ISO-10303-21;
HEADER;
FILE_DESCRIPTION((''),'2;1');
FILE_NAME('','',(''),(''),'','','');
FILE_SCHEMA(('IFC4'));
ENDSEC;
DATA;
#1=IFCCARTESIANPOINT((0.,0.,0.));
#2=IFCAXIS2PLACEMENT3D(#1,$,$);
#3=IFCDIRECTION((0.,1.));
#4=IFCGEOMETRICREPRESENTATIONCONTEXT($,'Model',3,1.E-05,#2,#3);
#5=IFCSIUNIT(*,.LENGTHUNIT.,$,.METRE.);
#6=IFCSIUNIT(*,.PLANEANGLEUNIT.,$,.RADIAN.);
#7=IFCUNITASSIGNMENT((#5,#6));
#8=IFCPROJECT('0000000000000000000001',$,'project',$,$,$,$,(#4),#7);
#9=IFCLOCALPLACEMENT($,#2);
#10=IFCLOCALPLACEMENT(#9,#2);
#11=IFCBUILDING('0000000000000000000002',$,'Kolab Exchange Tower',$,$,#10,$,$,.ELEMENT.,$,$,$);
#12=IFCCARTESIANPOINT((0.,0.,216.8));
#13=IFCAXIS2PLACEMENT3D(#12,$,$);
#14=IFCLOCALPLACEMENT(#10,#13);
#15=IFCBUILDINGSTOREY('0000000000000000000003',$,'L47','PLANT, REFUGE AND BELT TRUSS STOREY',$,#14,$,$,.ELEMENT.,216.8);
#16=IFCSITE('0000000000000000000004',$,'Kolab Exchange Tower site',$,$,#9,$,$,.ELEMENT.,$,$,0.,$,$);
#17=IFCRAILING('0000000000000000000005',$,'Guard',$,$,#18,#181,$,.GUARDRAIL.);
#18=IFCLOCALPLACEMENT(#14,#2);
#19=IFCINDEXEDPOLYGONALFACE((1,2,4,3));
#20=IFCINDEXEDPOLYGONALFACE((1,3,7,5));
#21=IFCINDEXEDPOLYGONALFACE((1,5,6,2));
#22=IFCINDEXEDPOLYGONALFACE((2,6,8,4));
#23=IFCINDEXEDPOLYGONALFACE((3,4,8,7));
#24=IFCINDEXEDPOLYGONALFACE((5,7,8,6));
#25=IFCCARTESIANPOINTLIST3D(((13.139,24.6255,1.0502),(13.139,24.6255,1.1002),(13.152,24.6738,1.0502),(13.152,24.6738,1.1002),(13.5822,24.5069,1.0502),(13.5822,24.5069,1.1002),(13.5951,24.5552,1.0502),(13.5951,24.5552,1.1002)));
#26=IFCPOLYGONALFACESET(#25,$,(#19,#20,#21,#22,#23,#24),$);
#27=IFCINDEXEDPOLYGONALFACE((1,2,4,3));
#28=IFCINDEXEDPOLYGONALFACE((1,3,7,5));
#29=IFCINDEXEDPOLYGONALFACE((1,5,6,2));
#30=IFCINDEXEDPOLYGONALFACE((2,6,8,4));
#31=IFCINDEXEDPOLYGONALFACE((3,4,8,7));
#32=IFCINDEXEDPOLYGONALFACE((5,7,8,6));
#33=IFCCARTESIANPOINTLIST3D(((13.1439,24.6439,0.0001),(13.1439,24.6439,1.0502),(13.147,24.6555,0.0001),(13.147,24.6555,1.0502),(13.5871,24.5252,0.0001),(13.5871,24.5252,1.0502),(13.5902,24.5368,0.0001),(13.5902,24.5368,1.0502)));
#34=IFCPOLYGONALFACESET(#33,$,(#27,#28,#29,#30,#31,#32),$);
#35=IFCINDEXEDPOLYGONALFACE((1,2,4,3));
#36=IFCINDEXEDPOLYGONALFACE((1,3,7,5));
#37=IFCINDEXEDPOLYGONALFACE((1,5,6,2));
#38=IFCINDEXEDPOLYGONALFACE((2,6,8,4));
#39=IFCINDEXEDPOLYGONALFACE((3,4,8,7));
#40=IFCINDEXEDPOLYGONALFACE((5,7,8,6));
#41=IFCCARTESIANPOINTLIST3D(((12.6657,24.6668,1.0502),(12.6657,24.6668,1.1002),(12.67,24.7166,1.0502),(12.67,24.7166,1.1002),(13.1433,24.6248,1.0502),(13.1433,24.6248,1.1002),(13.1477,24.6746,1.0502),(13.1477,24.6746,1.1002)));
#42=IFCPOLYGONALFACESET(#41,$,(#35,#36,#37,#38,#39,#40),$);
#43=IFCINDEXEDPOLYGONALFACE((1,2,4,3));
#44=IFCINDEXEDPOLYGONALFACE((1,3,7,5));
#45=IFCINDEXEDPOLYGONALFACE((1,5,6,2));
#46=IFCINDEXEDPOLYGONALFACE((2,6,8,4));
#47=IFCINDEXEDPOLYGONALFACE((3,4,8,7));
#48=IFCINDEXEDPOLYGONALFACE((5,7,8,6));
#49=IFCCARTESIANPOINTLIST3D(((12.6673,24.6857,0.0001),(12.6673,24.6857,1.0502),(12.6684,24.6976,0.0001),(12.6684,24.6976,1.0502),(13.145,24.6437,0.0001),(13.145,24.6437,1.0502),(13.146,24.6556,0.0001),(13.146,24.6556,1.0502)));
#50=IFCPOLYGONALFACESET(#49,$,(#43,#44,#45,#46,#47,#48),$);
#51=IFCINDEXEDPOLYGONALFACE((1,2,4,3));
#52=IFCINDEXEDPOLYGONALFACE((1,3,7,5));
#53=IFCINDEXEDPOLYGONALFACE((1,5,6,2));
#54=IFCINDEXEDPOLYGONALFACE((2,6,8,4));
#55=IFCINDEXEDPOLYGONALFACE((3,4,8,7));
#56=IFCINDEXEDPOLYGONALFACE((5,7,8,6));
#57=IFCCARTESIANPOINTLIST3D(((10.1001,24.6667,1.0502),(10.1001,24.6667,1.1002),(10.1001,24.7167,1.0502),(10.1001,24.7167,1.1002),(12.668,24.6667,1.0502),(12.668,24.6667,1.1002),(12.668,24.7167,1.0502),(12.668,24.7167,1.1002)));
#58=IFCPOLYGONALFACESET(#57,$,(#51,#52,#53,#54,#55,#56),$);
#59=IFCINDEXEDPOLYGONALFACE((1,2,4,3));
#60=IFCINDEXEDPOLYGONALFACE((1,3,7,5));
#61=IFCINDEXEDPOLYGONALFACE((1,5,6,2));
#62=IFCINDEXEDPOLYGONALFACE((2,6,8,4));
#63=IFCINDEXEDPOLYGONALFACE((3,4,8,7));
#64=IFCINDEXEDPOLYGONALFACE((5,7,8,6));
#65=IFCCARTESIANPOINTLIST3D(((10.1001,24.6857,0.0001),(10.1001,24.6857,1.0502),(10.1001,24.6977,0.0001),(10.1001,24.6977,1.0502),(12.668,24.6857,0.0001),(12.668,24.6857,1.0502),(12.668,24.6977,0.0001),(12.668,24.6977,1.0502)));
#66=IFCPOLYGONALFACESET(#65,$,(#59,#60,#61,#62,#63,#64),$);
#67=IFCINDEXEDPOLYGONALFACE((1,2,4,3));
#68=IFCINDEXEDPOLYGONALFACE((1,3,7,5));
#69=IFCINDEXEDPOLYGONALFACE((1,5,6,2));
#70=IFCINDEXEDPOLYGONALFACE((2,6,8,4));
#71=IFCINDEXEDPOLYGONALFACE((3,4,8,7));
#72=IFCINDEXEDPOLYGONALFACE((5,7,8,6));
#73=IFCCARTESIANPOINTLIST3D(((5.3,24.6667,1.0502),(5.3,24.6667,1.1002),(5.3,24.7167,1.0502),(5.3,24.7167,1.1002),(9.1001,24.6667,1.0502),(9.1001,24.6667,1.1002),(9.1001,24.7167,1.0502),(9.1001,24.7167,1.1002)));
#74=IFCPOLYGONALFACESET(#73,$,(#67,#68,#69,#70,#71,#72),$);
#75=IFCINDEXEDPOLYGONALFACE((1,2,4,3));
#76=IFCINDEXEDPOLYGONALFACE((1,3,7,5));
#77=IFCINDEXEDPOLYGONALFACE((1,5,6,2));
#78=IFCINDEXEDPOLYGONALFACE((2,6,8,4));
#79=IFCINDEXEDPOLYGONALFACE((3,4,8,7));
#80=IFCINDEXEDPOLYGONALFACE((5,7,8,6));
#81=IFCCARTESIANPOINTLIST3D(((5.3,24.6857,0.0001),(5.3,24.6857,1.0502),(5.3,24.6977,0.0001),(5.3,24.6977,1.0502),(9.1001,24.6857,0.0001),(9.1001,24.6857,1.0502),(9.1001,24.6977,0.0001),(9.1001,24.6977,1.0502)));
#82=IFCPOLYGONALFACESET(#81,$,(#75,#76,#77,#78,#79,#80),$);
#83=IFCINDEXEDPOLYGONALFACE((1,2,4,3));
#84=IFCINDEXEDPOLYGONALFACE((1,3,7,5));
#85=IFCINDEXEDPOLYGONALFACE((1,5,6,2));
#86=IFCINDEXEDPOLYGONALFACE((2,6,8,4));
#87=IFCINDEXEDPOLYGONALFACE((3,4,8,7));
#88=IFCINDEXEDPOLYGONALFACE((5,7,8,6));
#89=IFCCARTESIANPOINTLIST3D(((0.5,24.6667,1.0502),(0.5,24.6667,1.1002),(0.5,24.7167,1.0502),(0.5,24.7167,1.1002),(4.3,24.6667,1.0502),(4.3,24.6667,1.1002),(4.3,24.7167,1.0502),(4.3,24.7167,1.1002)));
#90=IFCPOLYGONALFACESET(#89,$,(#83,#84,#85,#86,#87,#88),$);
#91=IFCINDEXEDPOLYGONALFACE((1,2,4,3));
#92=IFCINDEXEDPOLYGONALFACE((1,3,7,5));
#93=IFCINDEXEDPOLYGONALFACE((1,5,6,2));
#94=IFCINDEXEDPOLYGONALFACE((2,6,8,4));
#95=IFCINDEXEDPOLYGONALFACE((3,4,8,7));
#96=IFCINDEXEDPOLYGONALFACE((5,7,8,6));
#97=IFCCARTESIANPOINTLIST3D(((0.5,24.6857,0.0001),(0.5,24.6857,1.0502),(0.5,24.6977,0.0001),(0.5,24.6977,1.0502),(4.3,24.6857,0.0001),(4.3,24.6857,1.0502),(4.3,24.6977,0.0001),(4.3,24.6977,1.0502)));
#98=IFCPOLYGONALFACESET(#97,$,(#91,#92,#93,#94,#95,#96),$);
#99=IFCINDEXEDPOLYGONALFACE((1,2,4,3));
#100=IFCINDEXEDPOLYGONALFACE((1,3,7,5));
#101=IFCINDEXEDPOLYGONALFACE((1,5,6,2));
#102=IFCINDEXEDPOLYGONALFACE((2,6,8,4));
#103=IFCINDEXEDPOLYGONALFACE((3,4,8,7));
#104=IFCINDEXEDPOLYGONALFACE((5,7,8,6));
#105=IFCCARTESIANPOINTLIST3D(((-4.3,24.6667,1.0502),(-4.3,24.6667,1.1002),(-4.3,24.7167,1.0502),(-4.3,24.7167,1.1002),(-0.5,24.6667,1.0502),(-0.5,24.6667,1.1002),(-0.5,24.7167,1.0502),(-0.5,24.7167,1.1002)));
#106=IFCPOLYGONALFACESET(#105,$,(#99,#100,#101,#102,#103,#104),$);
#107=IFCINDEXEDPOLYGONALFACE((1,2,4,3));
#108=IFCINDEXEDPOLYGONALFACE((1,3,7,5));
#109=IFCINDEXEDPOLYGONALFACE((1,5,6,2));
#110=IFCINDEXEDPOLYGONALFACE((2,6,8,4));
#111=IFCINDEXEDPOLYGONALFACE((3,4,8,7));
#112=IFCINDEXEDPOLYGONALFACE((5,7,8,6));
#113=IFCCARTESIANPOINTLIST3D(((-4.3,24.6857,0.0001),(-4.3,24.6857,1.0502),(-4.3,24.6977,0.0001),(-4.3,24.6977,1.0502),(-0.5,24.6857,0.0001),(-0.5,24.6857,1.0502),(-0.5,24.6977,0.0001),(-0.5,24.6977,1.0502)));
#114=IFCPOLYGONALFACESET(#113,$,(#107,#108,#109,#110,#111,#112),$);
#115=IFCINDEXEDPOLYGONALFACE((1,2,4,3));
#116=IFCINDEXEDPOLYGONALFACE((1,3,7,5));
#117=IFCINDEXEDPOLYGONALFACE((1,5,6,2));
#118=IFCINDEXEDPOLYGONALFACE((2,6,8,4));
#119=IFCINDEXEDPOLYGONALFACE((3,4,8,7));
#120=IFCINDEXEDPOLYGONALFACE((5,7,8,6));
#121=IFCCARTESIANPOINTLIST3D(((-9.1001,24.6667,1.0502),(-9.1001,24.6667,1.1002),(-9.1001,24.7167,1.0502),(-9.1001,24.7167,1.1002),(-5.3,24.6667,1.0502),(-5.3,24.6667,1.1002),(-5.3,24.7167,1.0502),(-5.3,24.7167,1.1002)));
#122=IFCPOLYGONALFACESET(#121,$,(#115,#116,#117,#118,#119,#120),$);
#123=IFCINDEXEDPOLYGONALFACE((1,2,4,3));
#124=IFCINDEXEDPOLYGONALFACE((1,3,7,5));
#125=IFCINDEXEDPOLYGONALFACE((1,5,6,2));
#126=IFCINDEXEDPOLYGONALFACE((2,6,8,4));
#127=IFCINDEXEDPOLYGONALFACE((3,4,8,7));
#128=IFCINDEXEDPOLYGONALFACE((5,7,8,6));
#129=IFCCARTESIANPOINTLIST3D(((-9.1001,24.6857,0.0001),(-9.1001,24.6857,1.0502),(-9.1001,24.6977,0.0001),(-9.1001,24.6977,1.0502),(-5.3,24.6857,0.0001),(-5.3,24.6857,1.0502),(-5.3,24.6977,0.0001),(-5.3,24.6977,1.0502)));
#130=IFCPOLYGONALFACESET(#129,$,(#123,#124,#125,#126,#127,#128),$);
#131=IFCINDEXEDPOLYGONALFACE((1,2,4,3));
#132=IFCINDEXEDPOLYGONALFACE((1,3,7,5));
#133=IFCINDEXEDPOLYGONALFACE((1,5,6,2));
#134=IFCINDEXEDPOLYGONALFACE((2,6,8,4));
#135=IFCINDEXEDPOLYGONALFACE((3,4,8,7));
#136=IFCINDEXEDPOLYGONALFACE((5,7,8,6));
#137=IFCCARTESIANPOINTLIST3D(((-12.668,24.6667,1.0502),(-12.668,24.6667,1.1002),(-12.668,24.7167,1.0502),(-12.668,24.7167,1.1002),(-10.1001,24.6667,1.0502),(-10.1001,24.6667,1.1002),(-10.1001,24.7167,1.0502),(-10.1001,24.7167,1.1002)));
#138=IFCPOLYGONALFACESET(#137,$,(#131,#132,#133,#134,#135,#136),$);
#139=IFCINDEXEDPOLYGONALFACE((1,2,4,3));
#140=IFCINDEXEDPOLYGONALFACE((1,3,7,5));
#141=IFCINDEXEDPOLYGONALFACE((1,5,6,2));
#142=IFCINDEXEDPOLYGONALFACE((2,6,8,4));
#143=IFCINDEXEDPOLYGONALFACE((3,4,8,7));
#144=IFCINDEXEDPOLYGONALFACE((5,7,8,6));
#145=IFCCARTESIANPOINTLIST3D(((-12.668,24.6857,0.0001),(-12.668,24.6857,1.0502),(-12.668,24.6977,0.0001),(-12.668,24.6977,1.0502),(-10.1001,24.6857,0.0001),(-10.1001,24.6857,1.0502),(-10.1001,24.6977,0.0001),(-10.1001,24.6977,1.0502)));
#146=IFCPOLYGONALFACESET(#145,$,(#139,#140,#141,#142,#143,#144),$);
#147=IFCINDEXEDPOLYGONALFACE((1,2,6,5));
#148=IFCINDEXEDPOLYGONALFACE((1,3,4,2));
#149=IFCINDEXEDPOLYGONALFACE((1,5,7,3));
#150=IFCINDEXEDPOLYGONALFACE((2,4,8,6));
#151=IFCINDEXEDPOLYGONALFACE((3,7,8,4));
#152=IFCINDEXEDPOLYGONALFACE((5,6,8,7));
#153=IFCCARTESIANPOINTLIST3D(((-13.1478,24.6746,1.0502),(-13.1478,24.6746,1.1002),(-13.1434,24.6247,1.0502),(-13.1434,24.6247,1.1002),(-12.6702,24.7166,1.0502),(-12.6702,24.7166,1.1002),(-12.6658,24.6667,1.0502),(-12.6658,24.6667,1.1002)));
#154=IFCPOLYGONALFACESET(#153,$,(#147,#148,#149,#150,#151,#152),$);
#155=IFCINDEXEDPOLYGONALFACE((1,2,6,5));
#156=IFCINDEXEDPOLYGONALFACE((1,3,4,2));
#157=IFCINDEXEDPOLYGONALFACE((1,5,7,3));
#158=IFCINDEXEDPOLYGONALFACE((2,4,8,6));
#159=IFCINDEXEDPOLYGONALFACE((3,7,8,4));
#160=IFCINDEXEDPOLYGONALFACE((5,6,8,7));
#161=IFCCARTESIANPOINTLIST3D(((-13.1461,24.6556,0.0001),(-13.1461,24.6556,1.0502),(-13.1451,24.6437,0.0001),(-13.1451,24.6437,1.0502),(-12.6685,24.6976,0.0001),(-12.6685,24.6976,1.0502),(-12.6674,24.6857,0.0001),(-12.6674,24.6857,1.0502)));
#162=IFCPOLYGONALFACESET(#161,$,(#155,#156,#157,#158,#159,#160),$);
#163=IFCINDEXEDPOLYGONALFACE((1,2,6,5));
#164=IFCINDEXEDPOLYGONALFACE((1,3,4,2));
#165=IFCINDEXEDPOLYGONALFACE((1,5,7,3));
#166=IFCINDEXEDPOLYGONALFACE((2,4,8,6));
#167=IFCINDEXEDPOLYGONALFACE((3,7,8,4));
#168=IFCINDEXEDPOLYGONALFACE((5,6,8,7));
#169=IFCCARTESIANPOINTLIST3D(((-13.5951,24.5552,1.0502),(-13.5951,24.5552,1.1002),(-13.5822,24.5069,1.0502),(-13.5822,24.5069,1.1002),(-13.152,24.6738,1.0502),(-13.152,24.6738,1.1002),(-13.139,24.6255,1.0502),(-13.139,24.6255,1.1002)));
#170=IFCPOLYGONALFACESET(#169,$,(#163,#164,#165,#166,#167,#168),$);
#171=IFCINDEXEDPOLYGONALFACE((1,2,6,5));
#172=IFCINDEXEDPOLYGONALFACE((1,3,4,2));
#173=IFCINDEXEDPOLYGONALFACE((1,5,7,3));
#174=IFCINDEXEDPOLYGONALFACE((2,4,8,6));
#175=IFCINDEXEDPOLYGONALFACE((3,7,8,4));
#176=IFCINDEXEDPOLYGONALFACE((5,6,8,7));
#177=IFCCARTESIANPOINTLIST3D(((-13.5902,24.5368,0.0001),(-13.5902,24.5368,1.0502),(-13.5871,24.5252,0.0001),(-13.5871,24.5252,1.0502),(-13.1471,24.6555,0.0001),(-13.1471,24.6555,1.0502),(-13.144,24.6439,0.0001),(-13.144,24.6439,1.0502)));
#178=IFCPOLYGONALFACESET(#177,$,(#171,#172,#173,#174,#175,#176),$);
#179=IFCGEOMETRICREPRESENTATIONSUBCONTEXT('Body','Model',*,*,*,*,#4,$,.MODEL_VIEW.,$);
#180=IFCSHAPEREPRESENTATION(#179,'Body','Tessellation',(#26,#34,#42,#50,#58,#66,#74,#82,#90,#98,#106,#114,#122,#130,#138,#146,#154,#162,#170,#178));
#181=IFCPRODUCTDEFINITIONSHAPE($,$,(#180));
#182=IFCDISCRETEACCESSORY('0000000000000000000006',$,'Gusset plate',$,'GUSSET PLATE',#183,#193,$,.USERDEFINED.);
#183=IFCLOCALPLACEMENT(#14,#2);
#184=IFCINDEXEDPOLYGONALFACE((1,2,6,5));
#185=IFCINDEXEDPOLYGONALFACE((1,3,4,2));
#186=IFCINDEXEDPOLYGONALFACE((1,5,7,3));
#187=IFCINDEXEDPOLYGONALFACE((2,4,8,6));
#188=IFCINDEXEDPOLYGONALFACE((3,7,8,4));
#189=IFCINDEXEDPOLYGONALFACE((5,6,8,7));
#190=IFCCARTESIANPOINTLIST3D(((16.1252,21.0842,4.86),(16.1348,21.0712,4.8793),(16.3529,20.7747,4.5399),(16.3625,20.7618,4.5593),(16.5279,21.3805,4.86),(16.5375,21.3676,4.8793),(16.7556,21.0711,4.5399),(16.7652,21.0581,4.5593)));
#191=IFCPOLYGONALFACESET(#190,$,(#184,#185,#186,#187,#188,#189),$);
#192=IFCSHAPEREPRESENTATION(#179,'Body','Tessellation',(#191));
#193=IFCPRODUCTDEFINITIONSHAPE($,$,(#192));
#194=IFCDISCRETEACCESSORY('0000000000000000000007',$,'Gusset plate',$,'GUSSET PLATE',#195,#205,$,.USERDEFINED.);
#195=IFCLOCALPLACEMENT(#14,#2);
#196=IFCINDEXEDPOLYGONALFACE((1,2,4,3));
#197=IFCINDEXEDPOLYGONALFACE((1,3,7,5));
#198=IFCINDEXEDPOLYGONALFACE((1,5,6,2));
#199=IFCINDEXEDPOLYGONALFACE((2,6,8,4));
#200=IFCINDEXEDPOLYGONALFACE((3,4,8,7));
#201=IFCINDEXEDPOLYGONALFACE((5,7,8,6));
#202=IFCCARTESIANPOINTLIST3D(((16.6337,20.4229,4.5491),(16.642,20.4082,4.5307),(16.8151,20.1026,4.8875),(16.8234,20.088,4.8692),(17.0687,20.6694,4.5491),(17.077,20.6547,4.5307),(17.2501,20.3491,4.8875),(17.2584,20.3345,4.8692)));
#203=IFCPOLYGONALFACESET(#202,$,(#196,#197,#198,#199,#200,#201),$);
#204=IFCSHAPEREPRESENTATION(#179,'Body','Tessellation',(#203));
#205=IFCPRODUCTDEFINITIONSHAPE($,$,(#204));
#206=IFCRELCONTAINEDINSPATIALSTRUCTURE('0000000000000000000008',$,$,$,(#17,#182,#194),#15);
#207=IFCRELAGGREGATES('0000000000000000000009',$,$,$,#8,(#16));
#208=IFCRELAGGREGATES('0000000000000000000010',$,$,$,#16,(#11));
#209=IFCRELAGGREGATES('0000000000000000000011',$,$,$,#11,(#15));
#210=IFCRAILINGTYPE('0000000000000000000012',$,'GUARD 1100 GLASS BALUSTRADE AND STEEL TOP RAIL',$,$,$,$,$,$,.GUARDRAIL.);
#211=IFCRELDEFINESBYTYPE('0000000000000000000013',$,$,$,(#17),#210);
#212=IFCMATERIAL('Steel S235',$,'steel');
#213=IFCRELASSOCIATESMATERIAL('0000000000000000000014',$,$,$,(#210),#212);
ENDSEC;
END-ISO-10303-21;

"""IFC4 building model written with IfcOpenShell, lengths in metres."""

from ifc_helpers import new_model, si_unit, direction, frame, frame_2d, origin, origin_2d, place, context, subcontext, project, spatial, rectangle, extrude, material, type_object, element, save


model = new_model("IFC4")

# Units and contexts
model_context = context("Model", 3, precision=1e-05, world=origin(), true_north=direction((0.0, 1.0)))
body_context = subcontext(model_context, "Body", "Model", "MODEL_VIEW")
ifc_project = project(units=[si_unit("LENGTHUNIT", "METRE"), si_unit("PLANEANGLEUNIT", "RADIAN")], contexts=[model_context])

# Site, building, storey
site_placement = place(None, origin())
site = spatial("IfcSite", under=ifc_project, at=site_placement, Name="Kolab Exchange Tower site", CompositionType="ELEMENT", RefElevation=0.0)
building_placement = place(site_placement, origin())
building = spatial("IfcBuilding", under=site, at=building_placement, Name="Kolab Exchange Tower", CompositionType="ELEMENT")
storey_placement = place(building_placement, frame((0.0, 0.0, 216.8)))
storey = spatial("IfcBuildingStorey", under=building, at=storey_placement, Name="L47", Description="PLANT, REFUGE AND BELT TRUSS STOREY", CompositionType="ELEMENT", Elevation=216.8)

# Railing
ifc_material_1 = material(Name="Steel S235", Category="steel")
railing_type = type_object("IfcRailingType", Name="GUARD 1100 GLASS BALUSTRADE AND STEEL TOP RAIL", PredefinedType="GUARDRAIL", material=ifc_material_1)
railing_placement = place(storey_placement, frame((13.5886, 24.531, 0.0)))
element("IfcRailing", 1, at=railing_placement, inside=storey, type_object=railing_type, Name="Guard", PredefinedType="GUARDRAIL", context=body_context, shape_type="SweptSolid", body=[
    extrude(rectangle(XDim=0.05, YDim=0.05, at=origin_2d()), frame((0.0, 0.0, 1.0752), z_axis=(-0.965969, 0.258656, 0.0), x_axis=(-0.258656, -0.965969, 0.0)), (0.0, 0.0, 1.0), 0.4587),
    extrude(rectangle(XDim=0.012, YDim=1.0501, at=frame_2d((0.0, 0.5251))), frame((0.0, 0.0, 0.0), z_axis=(-0.965969, 0.258656, 0.0), x_axis=(-0.258656, -0.965969, 0.0)), (0.0, 0.0, 1.0), 0.4587),
    extrude(rectangle(XDim=0.05, YDim=0.05, at=origin_2d()), frame((-0.4431, 0.1187, 1.0752), z_axis=(-0.996156, 0.087597, 0.0), x_axis=(-0.087597, -0.996156, 0.0)), (0.0, 0.0, 1.0), 0.4795),
    extrude(rectangle(XDim=0.012, YDim=1.0501, at=frame_2d((0.0, 0.5251))), frame((-0.4431, 0.1187, 0.0), z_axis=(-0.996156, 0.087597, 0.0), x_axis=(-0.087597, -0.996156, 0.0)), (0.0, 0.0, 1.0), 0.4795),
    extrude(rectangle(XDim=0.05, YDim=0.05, at=origin_2d()), frame((-0.9207, 0.1606, 1.0752), z_axis=(-1.0, 0.0, 0.0), x_axis=(0.0, -1.0, 0.0)), (0.0, 0.0, 1.0), 2.5679),
    extrude(rectangle(XDim=0.012, YDim=1.0501, at=frame_2d((0.0, 0.5251))), frame((-0.9207, 0.1606, 0.0), z_axis=(-1.0, 0.0, 0.0), x_axis=(0.0, -1.0, 0.0)), (0.0, 0.0, 1.0), 2.5679),
    extrude(rectangle(XDim=0.05, YDim=0.05, at=origin_2d()), frame((-4.4885, 0.1606, 1.0752), z_axis=(-1.0, 0.0, 0.0), x_axis=(0.0, -1.0, 0.0)), (0.0, 0.0, 1.0), 3.8),
    extrude(rectangle(XDim=0.012, YDim=1.0501, at=frame_2d((0.0, 0.5251))), frame((-4.4885, 0.1606, 0.0), z_axis=(-1.0, 0.0, 0.0), x_axis=(0.0, -1.0, 0.0)), (0.0, 0.0, 1.0), 3.8),
    extrude(rectangle(XDim=0.05, YDim=0.05, at=origin_2d()), frame((-9.2886, 0.1606, 1.0752), z_axis=(-1.0, 0.0, 0.0), x_axis=(0.0, -1.0, 0.0)), (0.0, 0.0, 1.0), 3.8),
    extrude(rectangle(XDim=0.012, YDim=1.0501, at=frame_2d((0.0, 0.5251))), frame((-9.2886, 0.1606, 0.0), z_axis=(-1.0, 0.0, 0.0), x_axis=(0.0, -1.0, 0.0)), (0.0, 0.0, 1.0), 3.8),
    extrude(rectangle(XDim=0.05, YDim=0.05, at=origin_2d()), frame((-14.0886, 0.1606, 1.0752), z_axis=(-1.0, 0.0, 0.0), x_axis=(0.0, -1.0, 0.0)), (0.0, 0.0, 1.0), 3.8),
    extrude(rectangle(XDim=0.012, YDim=1.0501, at=frame_2d((0.0, 0.5251))), frame((-14.0886, 0.1606, 0.0), z_axis=(-1.0, 0.0, 0.0), x_axis=(0.0, -1.0, 0.0)), (0.0, 0.0, 1.0), 3.8),
    extrude(rectangle(XDim=0.05, YDim=0.05, at=origin_2d()), frame((-18.8887, 0.1606, 1.0752), z_axis=(-1.0, 0.0, 0.0), x_axis=(0.0, -1.0, 0.0)), (0.0, 0.0, 1.0), 3.8),
    extrude(rectangle(XDim=0.012, YDim=1.0501, at=frame_2d((0.0, 0.5251))), frame((-18.8887, 0.1606, 0.0), z_axis=(-1.0, 0.0, 0.0), x_axis=(0.0, -1.0, 0.0)), (0.0, 0.0, 1.0), 3.8),
    extrude(rectangle(XDim=0.05, YDim=0.05, at=origin_2d()), frame((-23.6887, 0.1606, 1.0752), z_axis=(-1.0, 0.0, 0.0), x_axis=(0.0, -1.0, 0.0)), (0.0, 0.0, 1.0), 2.5679),
    extrude(rectangle(XDim=0.012, YDim=1.0501, at=frame_2d((0.0, 0.5251))), frame((-23.6887, 0.1606, 0.0), z_axis=(-1.0, 0.0, 0.0), x_axis=(0.0, -1.0, 0.0)), (0.0, 0.0, 1.0), 2.5679),
    extrude(rectangle(XDim=0.05, YDim=0.05, at=origin_2d()), frame((-26.2566, 0.1606, 1.0752), z_axis=(-0.996156, -0.087597, 0.0), x_axis=(0.087597, -0.996156, 0.0)), (0.0, 0.0, 1.0), 0.4795),
    extrude(rectangle(XDim=0.012, YDim=1.0501, at=frame_2d((0.0, 0.5251))), frame((-26.2566, 0.1606, 0.0), z_axis=(-0.996156, -0.087597, 0.0), x_axis=(0.087597, -0.996156, 0.0)), (0.0, 0.0, 1.0), 0.4795),
    extrude(rectangle(XDim=0.05, YDim=0.05, at=origin_2d()), frame((-26.7341, 0.1187, 1.0752), z_axis=(-0.965969, -0.258656, 0.0), x_axis=(0.258656, -0.965969, 0.0)), (0.0, 0.0, 1.0), 0.4587),
    extrude(rectangle(XDim=0.012, YDim=1.0501, at=frame_2d((0.0, 0.5251))), frame((-26.7341, 0.1187, 0.0), z_axis=(-0.965969, -0.258656, 0.0), x_axis=(0.258656, -0.965969, 0.0)), (0.0, 0.0, 1.0), 0.4587),
])

# Discrete accessories
discrete_accessory_1_placement = place(storey_placement, frame((16.4404, 21.0776, 4.7), z_axis=(0.379321, -0.515487, 0.768368), x_axis=(0.805438, 0.592681, 0.0)))
element("IfcDiscreteAccessory", 2, at=discrete_accessory_1_placement, inside=storey, Name="Gusset plate", ObjectType="GUSSET PLATE", PredefinedType="USERDEFINED", context=body_context, shape_type="SweptSolid", body=[
    extrude(rectangle(XDim=0.5, YDim=0.5, at=origin_2d()), origin(), (0.0, 0.0, 1.0), 0.0251),
])
discrete_accessory_2_placement = place(storey_placement, frame((16.9502, 20.3713, 4.7), z_axis=(-0.333702, 0.588887, 0.736108), x_axis=(-0.870022, -0.493013, 0.0)))
element("IfcDiscreteAccessory", 3, at=discrete_accessory_2_placement, inside=storey, Name="Gusset plate", ObjectType="GUSSET PLATE", PredefinedType="USERDEFINED", context=body_context, shape_type="SweptSolid", body=[
    extrude(rectangle(XDim=0.5, YDim=0.5, at=origin_2d()), origin(), (0.0, 0.0, 1.0), 0.0249),
])

save(model, "model.ifc")
